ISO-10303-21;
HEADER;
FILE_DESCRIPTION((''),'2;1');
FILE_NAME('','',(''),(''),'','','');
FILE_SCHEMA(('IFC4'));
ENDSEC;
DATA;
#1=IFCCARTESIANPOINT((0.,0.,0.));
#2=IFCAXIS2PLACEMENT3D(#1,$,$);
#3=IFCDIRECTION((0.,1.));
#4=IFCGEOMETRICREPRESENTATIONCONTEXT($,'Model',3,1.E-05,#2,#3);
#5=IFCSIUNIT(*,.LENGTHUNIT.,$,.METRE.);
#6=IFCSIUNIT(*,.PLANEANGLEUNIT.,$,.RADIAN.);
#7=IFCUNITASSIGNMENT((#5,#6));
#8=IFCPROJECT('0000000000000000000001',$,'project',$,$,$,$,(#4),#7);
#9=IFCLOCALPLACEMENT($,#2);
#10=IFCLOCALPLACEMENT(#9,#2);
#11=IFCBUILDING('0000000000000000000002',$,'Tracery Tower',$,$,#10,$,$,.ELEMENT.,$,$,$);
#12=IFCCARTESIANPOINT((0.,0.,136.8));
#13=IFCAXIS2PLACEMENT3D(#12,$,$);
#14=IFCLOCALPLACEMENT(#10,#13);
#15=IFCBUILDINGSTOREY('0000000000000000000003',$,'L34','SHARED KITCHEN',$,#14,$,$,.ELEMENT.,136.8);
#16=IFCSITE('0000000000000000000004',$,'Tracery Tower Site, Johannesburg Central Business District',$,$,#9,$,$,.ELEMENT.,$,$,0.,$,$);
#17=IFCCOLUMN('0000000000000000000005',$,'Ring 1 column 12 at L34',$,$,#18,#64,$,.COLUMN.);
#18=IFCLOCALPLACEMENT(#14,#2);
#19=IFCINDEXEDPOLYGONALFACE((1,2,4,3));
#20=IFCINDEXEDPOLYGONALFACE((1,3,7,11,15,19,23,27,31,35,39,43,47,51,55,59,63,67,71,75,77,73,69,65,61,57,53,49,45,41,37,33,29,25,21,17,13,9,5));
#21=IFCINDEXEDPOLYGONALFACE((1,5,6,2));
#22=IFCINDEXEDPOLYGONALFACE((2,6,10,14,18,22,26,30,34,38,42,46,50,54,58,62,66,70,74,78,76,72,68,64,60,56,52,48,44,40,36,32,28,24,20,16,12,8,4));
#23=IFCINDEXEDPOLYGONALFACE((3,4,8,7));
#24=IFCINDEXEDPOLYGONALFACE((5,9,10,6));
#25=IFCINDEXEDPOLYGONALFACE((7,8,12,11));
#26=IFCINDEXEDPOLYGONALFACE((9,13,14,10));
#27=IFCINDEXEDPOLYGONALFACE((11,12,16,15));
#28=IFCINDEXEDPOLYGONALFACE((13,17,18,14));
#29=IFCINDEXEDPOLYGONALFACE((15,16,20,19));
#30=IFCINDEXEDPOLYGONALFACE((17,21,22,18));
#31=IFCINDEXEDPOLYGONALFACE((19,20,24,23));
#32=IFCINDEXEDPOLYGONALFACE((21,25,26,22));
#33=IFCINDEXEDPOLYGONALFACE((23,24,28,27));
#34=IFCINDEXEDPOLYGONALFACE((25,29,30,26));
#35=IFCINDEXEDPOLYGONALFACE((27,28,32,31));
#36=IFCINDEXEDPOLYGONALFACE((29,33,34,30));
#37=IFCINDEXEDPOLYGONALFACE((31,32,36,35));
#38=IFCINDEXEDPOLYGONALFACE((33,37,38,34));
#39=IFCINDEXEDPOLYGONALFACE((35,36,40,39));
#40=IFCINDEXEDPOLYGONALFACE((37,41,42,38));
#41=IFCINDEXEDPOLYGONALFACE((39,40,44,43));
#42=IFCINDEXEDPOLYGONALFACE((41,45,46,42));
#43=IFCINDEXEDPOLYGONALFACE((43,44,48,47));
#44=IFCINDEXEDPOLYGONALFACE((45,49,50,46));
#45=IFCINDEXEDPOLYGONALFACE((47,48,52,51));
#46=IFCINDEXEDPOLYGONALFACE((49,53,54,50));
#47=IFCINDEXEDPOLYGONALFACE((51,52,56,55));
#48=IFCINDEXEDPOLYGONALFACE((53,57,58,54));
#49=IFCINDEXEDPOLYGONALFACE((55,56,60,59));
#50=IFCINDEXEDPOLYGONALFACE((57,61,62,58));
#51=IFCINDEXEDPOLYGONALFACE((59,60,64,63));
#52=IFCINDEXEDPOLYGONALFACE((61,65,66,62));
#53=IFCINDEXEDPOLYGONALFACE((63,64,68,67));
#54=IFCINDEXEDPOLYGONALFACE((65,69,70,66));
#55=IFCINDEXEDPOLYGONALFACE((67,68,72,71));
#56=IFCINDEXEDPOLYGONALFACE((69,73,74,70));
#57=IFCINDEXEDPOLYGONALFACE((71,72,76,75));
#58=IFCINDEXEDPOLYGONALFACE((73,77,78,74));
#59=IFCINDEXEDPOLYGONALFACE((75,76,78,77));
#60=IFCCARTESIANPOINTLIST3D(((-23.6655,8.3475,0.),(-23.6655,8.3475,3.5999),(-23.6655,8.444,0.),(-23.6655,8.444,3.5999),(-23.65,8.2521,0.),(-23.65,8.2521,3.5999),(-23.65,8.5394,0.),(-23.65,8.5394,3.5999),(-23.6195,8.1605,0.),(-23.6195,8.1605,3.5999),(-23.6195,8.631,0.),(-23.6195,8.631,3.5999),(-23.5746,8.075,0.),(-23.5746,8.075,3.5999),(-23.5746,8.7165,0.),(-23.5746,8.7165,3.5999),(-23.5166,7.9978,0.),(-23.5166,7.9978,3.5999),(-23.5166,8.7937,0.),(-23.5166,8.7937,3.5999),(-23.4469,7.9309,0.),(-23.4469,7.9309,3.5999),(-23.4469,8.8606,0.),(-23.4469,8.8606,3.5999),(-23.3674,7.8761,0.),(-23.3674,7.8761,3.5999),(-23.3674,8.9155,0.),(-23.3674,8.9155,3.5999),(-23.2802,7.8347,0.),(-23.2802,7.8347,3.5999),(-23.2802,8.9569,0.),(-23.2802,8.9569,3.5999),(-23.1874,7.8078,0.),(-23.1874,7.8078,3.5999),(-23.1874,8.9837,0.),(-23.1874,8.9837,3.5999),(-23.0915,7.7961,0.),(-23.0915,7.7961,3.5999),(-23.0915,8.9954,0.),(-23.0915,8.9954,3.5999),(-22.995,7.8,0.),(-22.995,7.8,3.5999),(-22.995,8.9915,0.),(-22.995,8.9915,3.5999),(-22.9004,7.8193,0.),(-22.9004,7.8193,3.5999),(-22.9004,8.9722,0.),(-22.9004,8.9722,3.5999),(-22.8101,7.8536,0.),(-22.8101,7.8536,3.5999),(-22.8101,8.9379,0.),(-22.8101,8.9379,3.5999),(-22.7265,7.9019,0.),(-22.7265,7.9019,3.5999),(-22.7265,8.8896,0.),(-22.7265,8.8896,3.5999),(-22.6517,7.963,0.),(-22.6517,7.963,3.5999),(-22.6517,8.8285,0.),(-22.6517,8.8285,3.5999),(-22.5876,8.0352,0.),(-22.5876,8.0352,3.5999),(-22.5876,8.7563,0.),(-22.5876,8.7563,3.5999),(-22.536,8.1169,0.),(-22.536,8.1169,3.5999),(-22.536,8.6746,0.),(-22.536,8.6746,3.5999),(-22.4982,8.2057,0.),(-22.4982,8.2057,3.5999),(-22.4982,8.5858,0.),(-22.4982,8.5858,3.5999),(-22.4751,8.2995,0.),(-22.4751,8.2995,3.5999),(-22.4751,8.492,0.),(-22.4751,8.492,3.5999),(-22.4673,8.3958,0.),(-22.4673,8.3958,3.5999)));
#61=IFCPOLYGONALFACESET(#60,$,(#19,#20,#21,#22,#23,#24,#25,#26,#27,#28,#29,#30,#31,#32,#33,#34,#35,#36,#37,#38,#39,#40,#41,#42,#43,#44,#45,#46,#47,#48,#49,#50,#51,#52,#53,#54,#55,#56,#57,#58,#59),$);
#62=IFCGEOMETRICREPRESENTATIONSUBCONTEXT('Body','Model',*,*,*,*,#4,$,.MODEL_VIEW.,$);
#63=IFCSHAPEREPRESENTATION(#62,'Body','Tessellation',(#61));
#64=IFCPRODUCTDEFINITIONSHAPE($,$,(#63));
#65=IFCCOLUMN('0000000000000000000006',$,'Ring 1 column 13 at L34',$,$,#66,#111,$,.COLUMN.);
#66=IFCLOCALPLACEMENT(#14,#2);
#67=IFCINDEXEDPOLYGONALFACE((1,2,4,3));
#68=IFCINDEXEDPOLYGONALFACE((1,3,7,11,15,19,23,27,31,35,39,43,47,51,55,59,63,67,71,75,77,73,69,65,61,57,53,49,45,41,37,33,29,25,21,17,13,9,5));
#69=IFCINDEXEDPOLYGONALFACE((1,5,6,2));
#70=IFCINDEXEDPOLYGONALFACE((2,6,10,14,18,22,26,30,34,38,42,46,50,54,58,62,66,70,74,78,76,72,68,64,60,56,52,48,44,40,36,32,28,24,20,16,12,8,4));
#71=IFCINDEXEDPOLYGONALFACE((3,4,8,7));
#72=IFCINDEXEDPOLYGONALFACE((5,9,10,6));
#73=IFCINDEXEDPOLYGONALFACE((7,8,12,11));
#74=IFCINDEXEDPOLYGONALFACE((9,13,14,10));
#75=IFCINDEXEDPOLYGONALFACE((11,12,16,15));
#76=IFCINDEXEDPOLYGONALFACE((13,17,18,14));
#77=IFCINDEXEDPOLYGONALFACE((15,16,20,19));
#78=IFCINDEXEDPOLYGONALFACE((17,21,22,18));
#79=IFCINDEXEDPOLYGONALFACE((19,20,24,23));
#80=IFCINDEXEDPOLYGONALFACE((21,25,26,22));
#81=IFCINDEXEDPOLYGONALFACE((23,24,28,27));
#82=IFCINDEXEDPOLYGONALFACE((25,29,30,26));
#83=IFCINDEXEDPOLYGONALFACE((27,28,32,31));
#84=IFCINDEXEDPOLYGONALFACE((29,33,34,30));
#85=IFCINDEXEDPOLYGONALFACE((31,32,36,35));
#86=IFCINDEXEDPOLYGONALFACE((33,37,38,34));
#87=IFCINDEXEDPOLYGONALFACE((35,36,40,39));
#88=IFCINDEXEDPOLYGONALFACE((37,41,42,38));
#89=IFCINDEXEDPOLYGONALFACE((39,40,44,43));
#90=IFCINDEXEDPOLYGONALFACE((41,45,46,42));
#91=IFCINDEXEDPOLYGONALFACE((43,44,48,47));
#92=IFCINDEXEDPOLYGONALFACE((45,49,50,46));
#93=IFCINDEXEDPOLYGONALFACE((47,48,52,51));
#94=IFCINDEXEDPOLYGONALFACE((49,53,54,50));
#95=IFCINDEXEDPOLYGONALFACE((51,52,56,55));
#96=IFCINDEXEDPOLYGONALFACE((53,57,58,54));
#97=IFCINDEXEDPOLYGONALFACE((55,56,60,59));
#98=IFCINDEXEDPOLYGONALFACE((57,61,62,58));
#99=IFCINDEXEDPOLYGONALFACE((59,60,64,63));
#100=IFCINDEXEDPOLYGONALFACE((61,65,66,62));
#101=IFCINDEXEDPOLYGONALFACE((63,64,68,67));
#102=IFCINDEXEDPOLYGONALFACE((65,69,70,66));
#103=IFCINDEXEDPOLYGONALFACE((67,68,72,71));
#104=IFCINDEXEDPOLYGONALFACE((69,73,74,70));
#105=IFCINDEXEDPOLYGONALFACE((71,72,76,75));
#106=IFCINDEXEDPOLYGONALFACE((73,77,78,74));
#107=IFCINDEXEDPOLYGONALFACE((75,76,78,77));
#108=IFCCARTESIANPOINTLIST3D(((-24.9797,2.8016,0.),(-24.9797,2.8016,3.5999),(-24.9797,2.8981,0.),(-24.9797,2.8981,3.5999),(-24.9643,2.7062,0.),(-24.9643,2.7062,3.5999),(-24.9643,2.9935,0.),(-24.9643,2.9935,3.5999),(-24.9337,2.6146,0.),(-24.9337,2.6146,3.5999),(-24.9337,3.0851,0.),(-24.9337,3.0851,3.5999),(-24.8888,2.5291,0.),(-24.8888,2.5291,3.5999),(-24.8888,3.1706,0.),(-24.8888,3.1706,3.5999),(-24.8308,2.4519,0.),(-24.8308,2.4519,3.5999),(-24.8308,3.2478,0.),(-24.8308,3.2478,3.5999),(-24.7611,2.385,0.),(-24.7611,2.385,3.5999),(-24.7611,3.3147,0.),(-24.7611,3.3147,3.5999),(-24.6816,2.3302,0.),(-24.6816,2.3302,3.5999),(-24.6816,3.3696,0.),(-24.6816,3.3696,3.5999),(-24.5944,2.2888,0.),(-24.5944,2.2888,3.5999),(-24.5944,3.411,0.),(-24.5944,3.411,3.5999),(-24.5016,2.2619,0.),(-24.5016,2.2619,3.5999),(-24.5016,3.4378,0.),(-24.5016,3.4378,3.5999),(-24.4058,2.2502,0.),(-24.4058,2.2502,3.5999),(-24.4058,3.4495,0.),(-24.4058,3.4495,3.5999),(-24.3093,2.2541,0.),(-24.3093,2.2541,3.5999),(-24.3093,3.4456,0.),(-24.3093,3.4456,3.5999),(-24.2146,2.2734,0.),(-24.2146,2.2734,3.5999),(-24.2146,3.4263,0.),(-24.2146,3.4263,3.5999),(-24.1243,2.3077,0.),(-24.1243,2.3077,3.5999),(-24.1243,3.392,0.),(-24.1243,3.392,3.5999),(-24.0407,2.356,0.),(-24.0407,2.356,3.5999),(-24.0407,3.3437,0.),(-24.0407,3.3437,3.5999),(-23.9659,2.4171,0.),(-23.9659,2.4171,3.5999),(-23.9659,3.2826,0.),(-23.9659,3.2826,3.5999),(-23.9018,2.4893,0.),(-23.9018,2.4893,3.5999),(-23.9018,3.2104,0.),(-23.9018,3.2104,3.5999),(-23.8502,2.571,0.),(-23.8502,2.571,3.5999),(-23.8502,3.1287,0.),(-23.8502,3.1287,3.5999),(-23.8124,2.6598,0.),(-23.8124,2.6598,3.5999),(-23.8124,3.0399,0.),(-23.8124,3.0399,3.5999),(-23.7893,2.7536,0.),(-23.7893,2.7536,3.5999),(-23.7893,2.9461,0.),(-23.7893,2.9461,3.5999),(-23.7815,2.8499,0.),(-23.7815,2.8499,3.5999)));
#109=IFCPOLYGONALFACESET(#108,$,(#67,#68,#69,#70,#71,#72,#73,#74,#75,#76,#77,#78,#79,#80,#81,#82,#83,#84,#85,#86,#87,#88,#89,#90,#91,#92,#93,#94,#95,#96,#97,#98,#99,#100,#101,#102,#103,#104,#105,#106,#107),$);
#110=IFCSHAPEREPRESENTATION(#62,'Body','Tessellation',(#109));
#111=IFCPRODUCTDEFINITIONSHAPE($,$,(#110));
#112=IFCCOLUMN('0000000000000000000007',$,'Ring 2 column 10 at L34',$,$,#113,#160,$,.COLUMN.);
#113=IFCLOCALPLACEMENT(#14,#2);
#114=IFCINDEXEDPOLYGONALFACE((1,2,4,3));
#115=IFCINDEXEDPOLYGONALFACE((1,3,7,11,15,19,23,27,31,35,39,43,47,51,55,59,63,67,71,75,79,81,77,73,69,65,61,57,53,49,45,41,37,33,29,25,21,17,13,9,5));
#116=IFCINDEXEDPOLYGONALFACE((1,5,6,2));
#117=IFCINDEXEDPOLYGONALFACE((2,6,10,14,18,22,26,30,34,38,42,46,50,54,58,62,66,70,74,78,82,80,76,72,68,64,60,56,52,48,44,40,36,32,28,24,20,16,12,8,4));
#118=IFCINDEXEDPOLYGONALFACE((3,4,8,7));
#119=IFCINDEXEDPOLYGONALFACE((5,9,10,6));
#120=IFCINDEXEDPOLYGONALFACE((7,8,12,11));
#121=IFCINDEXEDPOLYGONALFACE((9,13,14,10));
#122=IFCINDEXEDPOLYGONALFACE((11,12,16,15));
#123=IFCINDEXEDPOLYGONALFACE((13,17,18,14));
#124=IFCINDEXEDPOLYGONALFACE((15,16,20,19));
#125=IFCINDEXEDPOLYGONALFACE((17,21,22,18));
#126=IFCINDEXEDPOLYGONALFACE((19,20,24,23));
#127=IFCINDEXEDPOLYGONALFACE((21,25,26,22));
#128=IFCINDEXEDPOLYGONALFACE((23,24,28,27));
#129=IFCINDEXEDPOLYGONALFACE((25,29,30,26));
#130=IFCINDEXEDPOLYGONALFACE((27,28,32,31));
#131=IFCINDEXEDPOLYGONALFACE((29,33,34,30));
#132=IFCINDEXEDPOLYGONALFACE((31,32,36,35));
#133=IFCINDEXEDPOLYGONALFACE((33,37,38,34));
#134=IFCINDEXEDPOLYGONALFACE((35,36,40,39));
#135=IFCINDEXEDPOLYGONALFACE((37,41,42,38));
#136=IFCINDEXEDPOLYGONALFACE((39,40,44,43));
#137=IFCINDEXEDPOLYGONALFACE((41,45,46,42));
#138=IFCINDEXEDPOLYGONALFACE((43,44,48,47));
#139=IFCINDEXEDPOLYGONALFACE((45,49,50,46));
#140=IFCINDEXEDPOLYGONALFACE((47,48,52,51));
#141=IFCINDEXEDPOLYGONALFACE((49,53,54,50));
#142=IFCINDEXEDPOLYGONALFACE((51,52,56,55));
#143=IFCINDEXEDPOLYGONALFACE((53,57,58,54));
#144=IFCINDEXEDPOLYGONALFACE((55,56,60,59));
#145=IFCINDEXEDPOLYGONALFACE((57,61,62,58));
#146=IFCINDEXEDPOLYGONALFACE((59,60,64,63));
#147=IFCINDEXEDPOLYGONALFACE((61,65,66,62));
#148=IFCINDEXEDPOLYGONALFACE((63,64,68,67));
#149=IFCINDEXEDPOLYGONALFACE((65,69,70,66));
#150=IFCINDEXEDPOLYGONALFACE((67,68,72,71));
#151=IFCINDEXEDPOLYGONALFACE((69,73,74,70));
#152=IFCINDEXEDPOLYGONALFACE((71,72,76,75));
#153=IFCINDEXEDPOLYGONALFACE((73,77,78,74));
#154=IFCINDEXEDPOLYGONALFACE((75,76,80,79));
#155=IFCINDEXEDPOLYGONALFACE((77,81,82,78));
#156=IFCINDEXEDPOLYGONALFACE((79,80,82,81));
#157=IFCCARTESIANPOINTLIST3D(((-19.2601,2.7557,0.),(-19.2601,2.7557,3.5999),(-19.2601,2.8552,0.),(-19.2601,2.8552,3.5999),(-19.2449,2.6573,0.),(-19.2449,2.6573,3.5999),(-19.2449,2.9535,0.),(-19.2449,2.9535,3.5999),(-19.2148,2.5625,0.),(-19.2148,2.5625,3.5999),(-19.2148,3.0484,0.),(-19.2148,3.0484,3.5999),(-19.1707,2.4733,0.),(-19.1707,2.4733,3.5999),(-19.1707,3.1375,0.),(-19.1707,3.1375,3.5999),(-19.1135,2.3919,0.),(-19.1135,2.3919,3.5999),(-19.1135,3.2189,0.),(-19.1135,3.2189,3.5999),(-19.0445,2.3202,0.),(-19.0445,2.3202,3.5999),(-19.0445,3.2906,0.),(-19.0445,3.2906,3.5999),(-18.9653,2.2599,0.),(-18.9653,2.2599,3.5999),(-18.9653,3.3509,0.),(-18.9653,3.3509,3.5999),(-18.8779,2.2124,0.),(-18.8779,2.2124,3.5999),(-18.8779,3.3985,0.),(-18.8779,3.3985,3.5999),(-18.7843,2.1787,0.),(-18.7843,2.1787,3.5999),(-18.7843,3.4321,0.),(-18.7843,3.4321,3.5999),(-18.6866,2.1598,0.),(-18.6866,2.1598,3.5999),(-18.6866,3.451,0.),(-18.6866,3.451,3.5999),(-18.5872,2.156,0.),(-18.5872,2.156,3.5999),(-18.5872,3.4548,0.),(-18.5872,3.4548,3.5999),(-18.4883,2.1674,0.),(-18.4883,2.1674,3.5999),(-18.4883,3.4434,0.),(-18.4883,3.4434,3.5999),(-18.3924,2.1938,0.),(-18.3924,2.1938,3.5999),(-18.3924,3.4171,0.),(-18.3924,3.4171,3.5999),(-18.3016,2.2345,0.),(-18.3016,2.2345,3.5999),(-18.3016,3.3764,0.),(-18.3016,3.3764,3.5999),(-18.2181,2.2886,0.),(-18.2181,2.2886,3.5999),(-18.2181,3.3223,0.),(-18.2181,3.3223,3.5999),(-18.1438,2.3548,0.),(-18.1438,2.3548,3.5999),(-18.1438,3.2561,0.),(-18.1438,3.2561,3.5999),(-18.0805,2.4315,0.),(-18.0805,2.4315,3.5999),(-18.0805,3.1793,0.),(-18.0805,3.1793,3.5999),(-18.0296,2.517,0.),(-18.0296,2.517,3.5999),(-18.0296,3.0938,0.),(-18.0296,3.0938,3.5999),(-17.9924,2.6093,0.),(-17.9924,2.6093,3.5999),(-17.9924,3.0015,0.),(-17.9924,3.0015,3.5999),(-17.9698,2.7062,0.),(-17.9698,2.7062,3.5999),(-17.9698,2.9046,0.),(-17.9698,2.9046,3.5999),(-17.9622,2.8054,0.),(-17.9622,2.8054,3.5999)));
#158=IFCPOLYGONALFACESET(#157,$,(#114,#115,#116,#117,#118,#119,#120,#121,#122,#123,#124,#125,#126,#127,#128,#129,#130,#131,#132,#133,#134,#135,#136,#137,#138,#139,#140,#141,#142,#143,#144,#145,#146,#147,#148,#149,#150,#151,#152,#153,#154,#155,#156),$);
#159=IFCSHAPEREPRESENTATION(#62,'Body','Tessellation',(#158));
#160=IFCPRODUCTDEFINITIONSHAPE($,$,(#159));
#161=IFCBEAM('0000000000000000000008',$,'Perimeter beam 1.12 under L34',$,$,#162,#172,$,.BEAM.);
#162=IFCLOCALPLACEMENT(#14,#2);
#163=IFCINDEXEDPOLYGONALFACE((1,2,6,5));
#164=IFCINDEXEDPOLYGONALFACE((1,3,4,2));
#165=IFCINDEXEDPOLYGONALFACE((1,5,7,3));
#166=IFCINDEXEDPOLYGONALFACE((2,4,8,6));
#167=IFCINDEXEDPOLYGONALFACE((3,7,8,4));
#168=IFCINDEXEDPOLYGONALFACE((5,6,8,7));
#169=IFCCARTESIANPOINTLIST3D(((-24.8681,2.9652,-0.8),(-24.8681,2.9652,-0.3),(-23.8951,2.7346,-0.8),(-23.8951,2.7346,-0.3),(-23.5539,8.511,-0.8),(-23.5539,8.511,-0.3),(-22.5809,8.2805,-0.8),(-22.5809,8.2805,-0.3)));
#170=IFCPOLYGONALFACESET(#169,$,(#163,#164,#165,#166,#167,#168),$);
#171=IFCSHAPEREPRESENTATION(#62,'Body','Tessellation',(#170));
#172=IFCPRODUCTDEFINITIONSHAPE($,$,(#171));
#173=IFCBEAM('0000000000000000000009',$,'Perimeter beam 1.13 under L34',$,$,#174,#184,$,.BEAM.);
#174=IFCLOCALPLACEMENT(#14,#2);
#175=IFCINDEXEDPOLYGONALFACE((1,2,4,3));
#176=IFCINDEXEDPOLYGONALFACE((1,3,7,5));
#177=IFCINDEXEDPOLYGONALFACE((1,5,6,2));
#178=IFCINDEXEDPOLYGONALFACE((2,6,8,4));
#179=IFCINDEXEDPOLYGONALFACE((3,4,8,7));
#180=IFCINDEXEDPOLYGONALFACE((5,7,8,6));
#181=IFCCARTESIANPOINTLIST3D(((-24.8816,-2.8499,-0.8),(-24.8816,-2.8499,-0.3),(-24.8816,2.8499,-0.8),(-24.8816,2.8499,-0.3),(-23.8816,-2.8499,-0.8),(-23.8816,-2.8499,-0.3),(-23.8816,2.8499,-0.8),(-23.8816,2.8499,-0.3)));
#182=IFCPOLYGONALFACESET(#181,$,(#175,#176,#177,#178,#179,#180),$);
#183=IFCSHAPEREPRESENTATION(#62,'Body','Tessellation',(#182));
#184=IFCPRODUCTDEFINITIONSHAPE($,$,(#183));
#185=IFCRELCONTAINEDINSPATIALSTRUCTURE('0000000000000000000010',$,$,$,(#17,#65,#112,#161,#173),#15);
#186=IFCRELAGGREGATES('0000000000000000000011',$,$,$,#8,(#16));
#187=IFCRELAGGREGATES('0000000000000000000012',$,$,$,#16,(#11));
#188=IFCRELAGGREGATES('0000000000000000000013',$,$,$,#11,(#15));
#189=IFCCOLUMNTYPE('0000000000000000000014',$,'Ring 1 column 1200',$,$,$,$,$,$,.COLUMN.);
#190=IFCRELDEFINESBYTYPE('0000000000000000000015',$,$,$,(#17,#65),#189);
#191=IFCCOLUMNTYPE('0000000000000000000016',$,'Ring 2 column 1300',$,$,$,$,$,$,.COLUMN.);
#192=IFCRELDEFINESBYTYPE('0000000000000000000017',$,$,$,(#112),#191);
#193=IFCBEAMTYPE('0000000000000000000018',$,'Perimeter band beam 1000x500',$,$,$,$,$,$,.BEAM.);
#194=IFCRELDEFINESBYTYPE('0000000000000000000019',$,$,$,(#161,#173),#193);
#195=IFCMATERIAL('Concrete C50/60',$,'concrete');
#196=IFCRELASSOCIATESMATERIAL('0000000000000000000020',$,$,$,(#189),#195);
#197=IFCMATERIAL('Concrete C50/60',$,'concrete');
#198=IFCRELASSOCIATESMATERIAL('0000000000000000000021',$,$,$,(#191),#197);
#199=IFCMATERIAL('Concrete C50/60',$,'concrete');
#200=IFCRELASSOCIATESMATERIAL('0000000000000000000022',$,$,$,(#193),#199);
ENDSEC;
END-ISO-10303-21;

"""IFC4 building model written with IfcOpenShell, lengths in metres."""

from ifc_helpers import new_model, si_unit, direction, frame, origin, origin_2d, place, context, subcontext, project, spatial, rectangle, circle, extrude, material, material_profile, profile_set, type_object, element, save


model = new_model("IFC4")

# Units and contexts
model_context = context("Model", 3, precision=1e-05, world=origin(), true_north=direction((0.0, 1.0)))
body_context = subcontext(model_context, "Body", "Model", "MODEL_VIEW")
ifc_project = project(units=[si_unit("LENGTHUNIT", "METRE"), si_unit("PLANEANGLEUNIT", "RADIAN")], contexts=[model_context])

# Site, building, storey
site_placement = place(None, origin())
site = spatial("IfcSite", under=ifc_project, at=site_placement, Name="Tracery Tower Site, Johannesburg Central Business District", CompositionType="ELEMENT", RefElevation=0.0)
building_placement = place(site_placement, origin())
building = spatial("IfcBuilding", under=site, at=building_placement, Name="Tracery Tower", CompositionType="ELEMENT")
storey_placement = place(building_placement, frame((0.0, 0.0, 136.8)))
storey = spatial("IfcBuildingStorey", under=building, at=storey_placement, Name="L34", Description="SHARED KITCHEN", CompositionType="ELEMENT", Elevation=136.8)

# Columns
ifc_material_1 = material(Name="Concrete C50/60", Category="concrete")
ifc_material_profile_1 = material_profile(ifc_material_1, circle(Radius=0.6001, at=origin_2d()), Name="RC D1200")
ifc_profile_set_1 = profile_set([ifc_material_profile_1], Name="Concrete C50/60")
column_type_1 = type_object("IfcColumnType", Name="Ring 1 column 1200", PredefinedType="COLUMN", material=ifc_profile_set_1)
for number, where, z_axis, x_axis, name in (
    (1, (-23.0674, 8.3958, 0.0), (0.0, 0.0, 1.0), (1.0, 0.0, 0.0), "Ring 1 column 12 at L34"),
    (2, (-24.3816, 2.8499, 0.0), (0.0, 0.0, 1.0), (1.0, 0.0, 0.0), "Ring 1 column 13 at L34"),
):
    element("IfcColumn", number, at=place(storey_placement, frame(where, z_axis=z_axis, x_axis=x_axis)), inside=storey, type_object=column_type_1, Name=name, PredefinedType="COLUMN", context=body_context, shape_type="SweptSolid", body=[
        extrude(circle(Radius=0.6001, at=origin_2d()), origin(), (0.0, 0.0, 1.0), 3.5999),
    ])
ifc_material_2 = material(Name="Concrete C50/60", Category="concrete")
ifc_material_profile_2 = material_profile(ifc_material_2, circle(Radius=0.6499, at=origin_2d()), Name="RC D1300")
ifc_profile_set_2 = profile_set([ifc_material_profile_2], Name="Concrete C50/60")
column_type_2 = type_object("IfcColumnType", Name="Ring 2 column 1300", PredefinedType="COLUMN", material=ifc_profile_set_2)
column_placement = place(storey_placement, frame((-18.6121, 2.8054, 0.0), z_axis=(0.0, 0.0, 1.0), x_axis=(1.0, 0.0, 0.0)))
element("IfcColumn", 3, at=column_placement, inside=storey, type_object=column_type_2, Name="Ring 2 column 10 at L34", PredefinedType="COLUMN", context=body_context, shape_type="SweptSolid", body=[
    extrude(circle(Radius=0.6499, at=origin_2d()), origin(), (0.0, 0.0, 1.0), 3.5999),
])

# Beams
ifc_material_3 = material(Name="Concrete C50/60", Category="concrete")
ifc_material_profile_3 = material_profile(ifc_material_3, rectangle(XDim=1.0, YDim=0.5, at=origin_2d()), Name="RC 1000x500")
ifc_profile_set_3 = profile_set([ifc_material_profile_3], Name="Concrete C50/60")
beam_type = type_object("IfcBeamType", Name="Perimeter band beam 1000x500", PredefinedType="BEAM", material=ifc_profile_set_3)
beam_1_placement = place(storey_placement, frame((-23.0674, 8.3958, -0.55), z_axis=(-0.230584, -0.973052, 0.0), x_axis=(0.973052, -0.230584, 0.0)))
element("IfcBeam", 4, at=beam_1_placement, inside=storey, type_object=beam_type, Name="Perimeter beam 1.12 under L34", PredefinedType="BEAM", context=body_context, shape_type="SweptSolid", body=[
    extrude(rectangle(XDim=1.0, YDim=0.5, at=origin_2d()), origin(), (0.0, 0.0, 1.0), 5.6995),
])
beam_2_placement = place(storey_placement, frame((-24.3816, 2.8499, -0.55), z_axis=(0.0, -1.0, 0.0), x_axis=(1.0, 0.0, 0.0)))
element("IfcBeam", 5, at=beam_2_placement, inside=storey, type_object=beam_type, Name="Perimeter beam 1.13 under L34", PredefinedType="BEAM", context=body_context, shape_type="SweptSolid", body=[
    extrude(rectangle(XDim=1.0, YDim=0.5, at=origin_2d()), origin(), (0.0, 0.0, 1.0), 5.6997),
])

save(model, "model.ifc")
